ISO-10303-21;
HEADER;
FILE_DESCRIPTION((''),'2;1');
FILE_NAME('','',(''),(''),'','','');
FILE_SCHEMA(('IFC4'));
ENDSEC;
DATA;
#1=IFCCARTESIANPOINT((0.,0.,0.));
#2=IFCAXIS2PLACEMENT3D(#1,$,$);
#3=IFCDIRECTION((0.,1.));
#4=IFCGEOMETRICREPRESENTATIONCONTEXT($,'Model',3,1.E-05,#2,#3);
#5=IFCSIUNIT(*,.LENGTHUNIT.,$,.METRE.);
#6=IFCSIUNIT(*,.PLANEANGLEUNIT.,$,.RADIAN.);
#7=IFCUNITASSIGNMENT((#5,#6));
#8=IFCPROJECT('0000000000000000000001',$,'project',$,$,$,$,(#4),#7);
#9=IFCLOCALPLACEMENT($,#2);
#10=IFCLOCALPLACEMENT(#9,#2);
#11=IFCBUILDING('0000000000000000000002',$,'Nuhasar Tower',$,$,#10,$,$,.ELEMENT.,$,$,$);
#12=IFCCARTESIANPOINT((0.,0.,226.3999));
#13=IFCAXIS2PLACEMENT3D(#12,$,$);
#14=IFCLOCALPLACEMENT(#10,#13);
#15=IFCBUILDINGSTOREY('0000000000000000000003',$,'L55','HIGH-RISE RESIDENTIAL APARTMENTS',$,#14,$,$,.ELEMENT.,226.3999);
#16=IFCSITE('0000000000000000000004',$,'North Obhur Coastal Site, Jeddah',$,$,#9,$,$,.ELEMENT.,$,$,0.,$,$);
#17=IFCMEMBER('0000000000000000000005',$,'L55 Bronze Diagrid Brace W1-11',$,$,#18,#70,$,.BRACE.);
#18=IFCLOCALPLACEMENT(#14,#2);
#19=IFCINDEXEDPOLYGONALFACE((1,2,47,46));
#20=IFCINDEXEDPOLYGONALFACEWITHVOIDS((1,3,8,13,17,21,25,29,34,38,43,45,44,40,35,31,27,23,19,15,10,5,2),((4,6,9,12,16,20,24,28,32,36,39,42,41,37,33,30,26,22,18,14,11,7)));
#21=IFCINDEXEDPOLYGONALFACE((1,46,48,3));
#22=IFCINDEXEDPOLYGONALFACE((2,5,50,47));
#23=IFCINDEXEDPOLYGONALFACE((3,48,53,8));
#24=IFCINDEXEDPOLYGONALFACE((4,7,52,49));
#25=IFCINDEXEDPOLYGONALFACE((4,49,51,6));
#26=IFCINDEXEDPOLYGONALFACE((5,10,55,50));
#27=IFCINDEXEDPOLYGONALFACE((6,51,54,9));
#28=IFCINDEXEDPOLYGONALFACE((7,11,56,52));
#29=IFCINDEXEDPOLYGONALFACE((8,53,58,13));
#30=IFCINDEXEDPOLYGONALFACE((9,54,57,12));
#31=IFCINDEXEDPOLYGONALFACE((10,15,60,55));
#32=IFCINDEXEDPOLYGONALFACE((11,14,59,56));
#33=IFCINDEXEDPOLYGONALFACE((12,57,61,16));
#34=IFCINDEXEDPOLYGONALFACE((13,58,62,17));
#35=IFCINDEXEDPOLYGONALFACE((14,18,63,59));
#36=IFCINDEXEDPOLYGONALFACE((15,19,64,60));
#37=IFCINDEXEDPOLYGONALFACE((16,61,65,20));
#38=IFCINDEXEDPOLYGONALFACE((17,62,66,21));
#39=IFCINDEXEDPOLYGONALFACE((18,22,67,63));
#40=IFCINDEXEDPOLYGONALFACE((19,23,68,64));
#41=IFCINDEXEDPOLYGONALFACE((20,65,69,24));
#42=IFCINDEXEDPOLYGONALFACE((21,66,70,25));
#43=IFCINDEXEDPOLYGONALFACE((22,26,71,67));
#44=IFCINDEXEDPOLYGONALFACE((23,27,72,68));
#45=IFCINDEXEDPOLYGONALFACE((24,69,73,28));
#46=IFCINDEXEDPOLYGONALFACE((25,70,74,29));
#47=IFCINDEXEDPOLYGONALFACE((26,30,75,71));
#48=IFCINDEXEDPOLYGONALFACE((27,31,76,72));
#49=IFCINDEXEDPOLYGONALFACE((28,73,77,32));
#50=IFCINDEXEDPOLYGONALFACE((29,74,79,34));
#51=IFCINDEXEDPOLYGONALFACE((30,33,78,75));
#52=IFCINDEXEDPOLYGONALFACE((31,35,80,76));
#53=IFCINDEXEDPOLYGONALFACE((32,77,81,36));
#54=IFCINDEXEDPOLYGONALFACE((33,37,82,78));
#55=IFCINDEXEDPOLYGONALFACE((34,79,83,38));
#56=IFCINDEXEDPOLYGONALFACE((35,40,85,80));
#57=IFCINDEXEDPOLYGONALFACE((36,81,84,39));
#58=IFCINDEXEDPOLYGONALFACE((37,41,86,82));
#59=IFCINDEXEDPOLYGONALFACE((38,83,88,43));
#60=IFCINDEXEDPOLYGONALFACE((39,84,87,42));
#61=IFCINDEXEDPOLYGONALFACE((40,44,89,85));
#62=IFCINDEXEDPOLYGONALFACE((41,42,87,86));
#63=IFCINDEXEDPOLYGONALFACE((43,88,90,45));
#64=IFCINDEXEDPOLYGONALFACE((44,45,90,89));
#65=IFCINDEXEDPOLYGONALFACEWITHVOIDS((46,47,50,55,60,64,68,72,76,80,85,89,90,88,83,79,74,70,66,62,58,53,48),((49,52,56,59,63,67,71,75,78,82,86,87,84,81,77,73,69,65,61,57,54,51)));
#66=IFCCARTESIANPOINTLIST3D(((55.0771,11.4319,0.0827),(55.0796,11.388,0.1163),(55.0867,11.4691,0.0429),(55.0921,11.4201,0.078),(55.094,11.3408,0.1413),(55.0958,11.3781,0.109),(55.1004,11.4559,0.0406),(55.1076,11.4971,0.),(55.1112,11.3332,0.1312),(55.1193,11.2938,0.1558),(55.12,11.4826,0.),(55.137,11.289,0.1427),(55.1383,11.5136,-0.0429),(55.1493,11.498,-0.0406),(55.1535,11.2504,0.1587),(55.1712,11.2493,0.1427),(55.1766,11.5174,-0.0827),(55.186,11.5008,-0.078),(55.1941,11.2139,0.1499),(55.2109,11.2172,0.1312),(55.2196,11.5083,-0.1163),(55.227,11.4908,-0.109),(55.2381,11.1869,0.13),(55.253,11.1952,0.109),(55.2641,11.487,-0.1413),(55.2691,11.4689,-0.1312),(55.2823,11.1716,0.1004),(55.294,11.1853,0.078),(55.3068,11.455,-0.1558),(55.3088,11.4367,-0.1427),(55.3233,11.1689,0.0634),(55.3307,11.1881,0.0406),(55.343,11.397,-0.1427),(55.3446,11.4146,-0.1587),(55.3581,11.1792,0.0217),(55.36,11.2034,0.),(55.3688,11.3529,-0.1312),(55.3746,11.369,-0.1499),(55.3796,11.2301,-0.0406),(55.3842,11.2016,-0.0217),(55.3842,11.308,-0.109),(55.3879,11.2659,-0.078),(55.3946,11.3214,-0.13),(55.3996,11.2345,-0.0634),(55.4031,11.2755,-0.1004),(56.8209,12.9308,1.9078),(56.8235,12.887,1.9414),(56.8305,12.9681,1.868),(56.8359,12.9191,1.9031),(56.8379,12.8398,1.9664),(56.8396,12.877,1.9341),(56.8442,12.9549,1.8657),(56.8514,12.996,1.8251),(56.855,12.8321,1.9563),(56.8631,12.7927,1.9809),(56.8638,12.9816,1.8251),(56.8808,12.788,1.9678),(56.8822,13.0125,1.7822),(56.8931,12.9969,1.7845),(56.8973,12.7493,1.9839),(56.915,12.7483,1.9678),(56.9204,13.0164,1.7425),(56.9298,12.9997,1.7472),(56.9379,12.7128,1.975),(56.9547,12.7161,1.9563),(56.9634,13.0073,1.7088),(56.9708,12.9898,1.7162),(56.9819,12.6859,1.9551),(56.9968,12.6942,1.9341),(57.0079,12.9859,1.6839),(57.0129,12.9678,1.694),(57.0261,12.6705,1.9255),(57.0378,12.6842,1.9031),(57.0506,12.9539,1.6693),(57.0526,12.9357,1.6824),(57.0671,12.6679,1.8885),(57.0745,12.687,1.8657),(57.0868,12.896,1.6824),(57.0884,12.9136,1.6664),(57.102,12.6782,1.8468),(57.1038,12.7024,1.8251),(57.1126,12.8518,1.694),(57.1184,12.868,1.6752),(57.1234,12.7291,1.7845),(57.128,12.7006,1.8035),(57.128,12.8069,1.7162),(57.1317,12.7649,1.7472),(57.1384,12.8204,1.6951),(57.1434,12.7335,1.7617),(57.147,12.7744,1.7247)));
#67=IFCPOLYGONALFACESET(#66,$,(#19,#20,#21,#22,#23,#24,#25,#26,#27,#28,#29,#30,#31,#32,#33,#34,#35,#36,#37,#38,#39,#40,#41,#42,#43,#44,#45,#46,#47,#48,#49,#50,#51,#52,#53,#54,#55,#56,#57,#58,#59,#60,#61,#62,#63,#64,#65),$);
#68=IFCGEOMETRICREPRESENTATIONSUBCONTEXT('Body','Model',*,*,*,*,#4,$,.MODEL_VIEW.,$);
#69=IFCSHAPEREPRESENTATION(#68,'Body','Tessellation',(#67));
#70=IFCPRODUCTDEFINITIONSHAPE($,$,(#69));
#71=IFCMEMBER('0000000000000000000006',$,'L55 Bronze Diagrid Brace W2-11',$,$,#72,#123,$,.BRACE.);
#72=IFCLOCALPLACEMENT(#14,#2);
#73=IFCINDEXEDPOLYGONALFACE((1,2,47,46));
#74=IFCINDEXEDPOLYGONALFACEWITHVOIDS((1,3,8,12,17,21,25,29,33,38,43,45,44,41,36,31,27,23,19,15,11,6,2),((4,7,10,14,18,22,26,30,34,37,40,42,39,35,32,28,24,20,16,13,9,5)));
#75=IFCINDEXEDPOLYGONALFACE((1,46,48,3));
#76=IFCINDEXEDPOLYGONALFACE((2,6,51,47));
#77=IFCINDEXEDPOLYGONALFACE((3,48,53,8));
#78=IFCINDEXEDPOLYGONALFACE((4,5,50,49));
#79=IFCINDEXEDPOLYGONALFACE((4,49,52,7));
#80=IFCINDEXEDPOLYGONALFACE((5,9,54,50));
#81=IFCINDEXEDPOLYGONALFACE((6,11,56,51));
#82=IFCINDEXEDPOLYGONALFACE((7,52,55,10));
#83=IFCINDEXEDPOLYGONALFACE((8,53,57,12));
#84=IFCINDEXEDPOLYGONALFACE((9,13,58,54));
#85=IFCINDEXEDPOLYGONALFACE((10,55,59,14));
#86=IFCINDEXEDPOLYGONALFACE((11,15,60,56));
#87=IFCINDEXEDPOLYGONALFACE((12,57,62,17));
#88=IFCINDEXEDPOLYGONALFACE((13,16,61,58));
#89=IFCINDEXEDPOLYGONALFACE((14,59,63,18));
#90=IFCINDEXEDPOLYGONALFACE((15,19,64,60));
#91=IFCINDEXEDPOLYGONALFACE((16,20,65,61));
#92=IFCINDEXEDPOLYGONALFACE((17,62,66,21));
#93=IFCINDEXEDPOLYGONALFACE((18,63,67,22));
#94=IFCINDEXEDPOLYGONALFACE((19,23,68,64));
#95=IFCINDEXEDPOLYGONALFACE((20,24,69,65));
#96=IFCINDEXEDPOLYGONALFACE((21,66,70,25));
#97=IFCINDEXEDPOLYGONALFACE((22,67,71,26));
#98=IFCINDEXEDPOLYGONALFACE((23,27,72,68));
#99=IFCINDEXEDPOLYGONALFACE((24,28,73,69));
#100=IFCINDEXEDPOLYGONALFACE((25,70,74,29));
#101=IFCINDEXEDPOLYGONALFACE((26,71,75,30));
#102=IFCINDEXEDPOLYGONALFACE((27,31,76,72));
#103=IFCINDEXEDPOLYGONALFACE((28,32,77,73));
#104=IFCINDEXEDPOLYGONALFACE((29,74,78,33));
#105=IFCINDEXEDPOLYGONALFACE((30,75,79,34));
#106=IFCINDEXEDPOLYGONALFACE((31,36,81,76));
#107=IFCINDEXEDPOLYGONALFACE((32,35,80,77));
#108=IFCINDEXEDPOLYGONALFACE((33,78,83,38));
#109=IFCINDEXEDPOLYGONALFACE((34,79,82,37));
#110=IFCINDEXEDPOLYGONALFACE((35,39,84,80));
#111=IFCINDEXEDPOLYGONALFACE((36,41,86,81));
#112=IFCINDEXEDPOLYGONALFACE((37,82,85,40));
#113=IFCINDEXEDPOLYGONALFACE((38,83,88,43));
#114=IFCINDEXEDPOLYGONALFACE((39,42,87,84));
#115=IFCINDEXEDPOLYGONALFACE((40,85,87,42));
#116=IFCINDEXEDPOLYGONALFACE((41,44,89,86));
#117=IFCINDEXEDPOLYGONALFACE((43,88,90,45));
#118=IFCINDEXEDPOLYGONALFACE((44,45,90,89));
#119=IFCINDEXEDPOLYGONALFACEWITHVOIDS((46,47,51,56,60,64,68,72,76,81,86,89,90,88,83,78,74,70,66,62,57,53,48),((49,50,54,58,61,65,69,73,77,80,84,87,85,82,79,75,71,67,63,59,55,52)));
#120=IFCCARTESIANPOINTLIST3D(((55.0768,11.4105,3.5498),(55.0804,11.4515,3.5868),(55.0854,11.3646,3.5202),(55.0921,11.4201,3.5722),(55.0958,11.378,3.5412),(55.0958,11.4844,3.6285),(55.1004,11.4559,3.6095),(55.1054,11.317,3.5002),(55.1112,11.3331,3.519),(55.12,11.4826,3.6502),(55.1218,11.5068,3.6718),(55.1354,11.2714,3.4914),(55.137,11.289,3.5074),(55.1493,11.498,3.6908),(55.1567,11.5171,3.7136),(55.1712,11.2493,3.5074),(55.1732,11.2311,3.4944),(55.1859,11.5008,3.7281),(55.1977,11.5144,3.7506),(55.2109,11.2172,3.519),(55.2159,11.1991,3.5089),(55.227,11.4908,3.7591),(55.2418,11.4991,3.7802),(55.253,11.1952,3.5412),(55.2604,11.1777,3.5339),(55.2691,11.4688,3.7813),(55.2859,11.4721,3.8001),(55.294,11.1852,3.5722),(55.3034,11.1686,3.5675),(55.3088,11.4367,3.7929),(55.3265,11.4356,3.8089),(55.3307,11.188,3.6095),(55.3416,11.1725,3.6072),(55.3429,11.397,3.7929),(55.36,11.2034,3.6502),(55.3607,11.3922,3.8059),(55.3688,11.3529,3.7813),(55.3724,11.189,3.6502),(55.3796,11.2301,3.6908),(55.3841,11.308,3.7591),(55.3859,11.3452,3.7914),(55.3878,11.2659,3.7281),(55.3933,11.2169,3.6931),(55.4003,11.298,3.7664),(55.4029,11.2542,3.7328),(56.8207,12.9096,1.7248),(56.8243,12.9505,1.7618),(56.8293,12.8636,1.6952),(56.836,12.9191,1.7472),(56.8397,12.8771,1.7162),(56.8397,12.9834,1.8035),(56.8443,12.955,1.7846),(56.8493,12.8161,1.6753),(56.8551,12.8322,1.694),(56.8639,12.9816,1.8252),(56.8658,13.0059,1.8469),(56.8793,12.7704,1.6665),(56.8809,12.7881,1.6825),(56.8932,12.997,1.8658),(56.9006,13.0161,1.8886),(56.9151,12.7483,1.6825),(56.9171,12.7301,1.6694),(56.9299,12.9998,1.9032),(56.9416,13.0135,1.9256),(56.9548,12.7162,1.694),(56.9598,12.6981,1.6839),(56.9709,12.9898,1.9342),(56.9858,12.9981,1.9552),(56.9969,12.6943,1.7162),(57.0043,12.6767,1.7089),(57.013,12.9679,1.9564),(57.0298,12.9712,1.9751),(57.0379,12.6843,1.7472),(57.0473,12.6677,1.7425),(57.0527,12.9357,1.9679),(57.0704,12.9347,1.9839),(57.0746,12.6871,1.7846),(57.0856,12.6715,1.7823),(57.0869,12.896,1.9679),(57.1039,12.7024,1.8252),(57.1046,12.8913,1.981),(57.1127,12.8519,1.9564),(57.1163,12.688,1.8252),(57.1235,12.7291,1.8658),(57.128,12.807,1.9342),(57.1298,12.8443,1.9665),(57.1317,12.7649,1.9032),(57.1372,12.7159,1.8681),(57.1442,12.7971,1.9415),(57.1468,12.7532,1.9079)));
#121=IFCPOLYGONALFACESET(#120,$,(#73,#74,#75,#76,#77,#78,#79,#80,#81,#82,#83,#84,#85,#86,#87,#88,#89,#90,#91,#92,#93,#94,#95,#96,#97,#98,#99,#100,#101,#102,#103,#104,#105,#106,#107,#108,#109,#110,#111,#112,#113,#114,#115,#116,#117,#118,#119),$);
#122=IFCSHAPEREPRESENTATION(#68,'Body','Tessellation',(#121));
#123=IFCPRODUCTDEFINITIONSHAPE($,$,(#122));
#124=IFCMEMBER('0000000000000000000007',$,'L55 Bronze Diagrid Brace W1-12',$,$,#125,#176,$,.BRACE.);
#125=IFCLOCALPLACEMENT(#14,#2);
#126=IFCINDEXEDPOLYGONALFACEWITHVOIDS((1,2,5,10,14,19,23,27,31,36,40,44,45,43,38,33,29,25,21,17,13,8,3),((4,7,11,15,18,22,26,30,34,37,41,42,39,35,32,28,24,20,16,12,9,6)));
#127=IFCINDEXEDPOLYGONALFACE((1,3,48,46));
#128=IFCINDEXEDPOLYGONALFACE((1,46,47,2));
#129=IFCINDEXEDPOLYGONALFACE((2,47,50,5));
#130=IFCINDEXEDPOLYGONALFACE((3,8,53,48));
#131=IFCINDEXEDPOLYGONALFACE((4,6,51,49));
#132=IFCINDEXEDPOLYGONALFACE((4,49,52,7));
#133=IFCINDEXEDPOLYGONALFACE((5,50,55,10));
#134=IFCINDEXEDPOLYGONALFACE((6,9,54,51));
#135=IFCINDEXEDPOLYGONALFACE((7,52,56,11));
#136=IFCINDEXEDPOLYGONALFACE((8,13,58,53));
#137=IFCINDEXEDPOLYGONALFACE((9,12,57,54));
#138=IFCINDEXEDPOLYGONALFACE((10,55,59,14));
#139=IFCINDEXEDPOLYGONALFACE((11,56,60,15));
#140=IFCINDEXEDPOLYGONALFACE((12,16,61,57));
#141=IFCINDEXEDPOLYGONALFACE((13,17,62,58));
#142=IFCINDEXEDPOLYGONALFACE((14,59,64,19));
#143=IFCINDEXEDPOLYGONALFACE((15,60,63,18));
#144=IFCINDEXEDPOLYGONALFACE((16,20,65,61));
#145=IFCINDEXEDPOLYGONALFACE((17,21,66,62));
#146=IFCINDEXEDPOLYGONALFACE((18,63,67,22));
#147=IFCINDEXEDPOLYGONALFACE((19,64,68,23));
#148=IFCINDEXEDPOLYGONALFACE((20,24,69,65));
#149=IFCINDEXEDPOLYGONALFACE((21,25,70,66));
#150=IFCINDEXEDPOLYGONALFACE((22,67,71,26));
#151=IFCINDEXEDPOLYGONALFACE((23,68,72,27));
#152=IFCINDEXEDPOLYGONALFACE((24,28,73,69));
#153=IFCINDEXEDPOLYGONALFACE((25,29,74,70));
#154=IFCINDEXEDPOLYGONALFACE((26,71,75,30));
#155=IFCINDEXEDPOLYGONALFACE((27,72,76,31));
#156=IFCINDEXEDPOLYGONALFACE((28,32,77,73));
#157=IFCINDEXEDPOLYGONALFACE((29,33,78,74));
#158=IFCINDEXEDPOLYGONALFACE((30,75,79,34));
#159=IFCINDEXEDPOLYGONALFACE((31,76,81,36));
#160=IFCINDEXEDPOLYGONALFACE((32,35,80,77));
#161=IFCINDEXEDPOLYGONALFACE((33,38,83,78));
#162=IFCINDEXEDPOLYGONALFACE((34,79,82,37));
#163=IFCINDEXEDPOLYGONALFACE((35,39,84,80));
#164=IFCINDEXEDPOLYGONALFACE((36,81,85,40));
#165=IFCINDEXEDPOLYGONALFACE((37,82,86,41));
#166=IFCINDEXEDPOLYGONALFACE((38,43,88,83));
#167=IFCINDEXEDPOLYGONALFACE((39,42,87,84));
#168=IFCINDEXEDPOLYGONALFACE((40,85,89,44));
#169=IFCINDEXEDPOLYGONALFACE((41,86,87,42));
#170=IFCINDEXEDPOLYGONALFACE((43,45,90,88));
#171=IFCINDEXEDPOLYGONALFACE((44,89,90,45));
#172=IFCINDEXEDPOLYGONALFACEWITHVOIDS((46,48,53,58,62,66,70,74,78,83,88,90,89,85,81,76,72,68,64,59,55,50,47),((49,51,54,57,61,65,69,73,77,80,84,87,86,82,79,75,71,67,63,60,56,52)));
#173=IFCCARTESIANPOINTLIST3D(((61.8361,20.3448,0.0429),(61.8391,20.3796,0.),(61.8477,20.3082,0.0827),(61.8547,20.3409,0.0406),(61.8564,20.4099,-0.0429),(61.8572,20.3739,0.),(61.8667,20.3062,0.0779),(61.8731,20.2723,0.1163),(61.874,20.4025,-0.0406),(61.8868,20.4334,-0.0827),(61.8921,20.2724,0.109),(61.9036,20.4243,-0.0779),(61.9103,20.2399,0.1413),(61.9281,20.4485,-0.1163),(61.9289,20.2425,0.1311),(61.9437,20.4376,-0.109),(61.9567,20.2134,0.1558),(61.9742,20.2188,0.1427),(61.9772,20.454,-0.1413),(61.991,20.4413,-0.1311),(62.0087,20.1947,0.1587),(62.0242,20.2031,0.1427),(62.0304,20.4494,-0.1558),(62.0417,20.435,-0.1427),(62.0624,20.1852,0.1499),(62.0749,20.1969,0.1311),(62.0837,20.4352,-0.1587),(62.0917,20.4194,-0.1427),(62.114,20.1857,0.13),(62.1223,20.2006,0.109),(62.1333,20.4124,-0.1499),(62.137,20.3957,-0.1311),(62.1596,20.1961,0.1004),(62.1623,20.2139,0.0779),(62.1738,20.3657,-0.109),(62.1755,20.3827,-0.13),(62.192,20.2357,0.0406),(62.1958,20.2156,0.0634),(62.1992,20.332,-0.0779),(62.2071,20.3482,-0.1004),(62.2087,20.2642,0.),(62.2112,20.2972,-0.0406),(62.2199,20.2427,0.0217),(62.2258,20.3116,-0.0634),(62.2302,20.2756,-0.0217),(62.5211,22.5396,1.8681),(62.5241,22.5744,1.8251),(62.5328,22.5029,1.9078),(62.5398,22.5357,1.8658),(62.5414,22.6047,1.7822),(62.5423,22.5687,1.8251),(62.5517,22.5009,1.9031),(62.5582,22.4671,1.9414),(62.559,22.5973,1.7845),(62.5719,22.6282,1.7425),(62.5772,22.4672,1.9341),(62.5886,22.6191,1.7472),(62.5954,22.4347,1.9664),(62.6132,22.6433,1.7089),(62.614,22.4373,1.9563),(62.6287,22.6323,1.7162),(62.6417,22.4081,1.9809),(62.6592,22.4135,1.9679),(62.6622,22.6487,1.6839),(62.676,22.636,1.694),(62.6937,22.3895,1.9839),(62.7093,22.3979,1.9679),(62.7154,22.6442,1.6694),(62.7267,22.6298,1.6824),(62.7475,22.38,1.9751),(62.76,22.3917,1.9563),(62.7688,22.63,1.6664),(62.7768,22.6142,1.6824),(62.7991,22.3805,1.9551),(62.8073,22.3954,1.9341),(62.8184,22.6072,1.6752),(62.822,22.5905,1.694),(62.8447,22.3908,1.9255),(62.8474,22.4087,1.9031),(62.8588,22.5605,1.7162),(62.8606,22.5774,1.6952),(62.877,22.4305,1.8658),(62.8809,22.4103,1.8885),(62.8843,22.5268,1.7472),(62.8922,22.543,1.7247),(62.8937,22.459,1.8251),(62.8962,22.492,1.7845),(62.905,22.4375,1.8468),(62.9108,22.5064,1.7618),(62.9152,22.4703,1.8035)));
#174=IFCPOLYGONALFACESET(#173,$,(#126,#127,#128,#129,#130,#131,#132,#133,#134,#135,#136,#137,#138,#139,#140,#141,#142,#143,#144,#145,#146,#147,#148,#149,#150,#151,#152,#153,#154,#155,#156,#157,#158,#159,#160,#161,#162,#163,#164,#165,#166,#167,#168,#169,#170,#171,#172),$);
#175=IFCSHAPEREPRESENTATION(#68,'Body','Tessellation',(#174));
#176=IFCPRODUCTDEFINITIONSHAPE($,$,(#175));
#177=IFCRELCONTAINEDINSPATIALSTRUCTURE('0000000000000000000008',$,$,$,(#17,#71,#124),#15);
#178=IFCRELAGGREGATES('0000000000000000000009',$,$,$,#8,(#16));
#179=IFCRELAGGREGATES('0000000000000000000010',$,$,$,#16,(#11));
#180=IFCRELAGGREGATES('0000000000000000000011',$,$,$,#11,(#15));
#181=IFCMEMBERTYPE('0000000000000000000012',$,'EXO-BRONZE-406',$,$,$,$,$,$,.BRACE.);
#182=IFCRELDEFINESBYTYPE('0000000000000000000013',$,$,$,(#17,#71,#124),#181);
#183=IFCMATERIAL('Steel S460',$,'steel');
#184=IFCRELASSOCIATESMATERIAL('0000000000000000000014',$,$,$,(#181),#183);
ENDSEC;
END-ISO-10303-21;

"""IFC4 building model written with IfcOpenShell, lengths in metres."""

from ifc_helpers import new_model, si_unit, direction, frame, origin, origin_2d, place, context, subcontext, project, spatial, hollow_circle, extrude, material, material_profile, profile_set, type_object, element, save


model = new_model("IFC4")

# Units and contexts
model_context = context("Model", 3, precision=1e-05, world=origin(), true_north=direction((0.0, 1.0)))
body_context = subcontext(model_context, "Body", "Model", "MODEL_VIEW")
ifc_project = project(units=[si_unit("LENGTHUNIT", "METRE"), si_unit("PLANEANGLEUNIT", "RADIAN")], contexts=[model_context])

# Site, building, storey
site_placement = place(None, origin())
site = spatial("IfcSite", under=ifc_project, at=site_placement, Name="North Obhur Coastal Site, Jeddah", CompositionType="ELEMENT", RefElevation=0.0)
building_placement = place(site_placement, origin())
building = spatial("IfcBuilding", under=site, at=building_placement, Name="Nuhasar Tower", CompositionType="ELEMENT")
storey_placement = place(building_placement, frame((0.0, 0.0, 226.3999)))
storey = spatial("IfcBuildingStorey", under=building, at=storey_placement, Name="L55", Description="HIGH-RISE RESIDENTIAL APARTMENTS", CompositionType="ELEMENT", Elevation=226.3999)

# Members
ifc_material_1 = material(Name="Steel S460", Category="steel")
ifc_material_profile_1 = material_profile(ifc_material_1, hollow_circle(Radius=0.2031, WallThickness=0.019, at=origin_2d()), Name="HSS406.4X19.1")
ifc_profile_set_1 = profile_set([ifc_material_profile_1], Name="Steel S460")
member_type_1 = type_object("IfcMemberType", Name="EXO-BRONZE-406", PredefinedType="BRACE", material=ifc_profile_set_1)
for number, where, z_axis, x_axis, name in (
    (1, (55.24, 11.343, 0.0), (0.593988, 0.510582, 0.621679), (-0.651857, 0.758342, 0.0), "L55 Bronze Diagrid Brace W1-11"),
    (2, (56.9839, 12.842, 1.8252), (-0.594019, -0.510608, 0.621628), (0.651857, -0.758342, 0.0), "L55 Bronze Diagrid Brace W2-11"),
):
    element("IfcMember", number, at=place(storey_placement, frame(where, z_axis=z_axis, x_axis=x_axis)), inside=storey, type_object=member_type_1, Name=name, PredefinedType="BRACE", context=body_context, shape_type="SweptSolid", body=[
        extrude(hollow_circle(Radius=0.2031, WallThickness=0.019, at=origin_2d()), origin(), (0.0, 0.0, 1.0), 2.9358),
    ])
for number, where, z_axis, x_axis, name in (
    (3, (62.033, 20.3191, 0.0), (0.23336, 0.747651, 0.62174), (-0.954582, 0.297948, 0.0), "L55 Bronze Diagrid Brace W1-12"),
):
    element("IfcMember", number, at=place(storey_placement, frame(where, z_axis=z_axis, x_axis=x_axis)), inside=storey, type_object=member_type_1, Name=name, PredefinedType="BRACE", context=body_context, shape_type="SweptSolid", body=[
        extrude(hollow_circle(Radius=0.2031, WallThickness=0.019, at=origin_2d()), origin(), (0.0, 0.0, 1.0), 2.9355),
    ])

save(model, "model.ifc")
